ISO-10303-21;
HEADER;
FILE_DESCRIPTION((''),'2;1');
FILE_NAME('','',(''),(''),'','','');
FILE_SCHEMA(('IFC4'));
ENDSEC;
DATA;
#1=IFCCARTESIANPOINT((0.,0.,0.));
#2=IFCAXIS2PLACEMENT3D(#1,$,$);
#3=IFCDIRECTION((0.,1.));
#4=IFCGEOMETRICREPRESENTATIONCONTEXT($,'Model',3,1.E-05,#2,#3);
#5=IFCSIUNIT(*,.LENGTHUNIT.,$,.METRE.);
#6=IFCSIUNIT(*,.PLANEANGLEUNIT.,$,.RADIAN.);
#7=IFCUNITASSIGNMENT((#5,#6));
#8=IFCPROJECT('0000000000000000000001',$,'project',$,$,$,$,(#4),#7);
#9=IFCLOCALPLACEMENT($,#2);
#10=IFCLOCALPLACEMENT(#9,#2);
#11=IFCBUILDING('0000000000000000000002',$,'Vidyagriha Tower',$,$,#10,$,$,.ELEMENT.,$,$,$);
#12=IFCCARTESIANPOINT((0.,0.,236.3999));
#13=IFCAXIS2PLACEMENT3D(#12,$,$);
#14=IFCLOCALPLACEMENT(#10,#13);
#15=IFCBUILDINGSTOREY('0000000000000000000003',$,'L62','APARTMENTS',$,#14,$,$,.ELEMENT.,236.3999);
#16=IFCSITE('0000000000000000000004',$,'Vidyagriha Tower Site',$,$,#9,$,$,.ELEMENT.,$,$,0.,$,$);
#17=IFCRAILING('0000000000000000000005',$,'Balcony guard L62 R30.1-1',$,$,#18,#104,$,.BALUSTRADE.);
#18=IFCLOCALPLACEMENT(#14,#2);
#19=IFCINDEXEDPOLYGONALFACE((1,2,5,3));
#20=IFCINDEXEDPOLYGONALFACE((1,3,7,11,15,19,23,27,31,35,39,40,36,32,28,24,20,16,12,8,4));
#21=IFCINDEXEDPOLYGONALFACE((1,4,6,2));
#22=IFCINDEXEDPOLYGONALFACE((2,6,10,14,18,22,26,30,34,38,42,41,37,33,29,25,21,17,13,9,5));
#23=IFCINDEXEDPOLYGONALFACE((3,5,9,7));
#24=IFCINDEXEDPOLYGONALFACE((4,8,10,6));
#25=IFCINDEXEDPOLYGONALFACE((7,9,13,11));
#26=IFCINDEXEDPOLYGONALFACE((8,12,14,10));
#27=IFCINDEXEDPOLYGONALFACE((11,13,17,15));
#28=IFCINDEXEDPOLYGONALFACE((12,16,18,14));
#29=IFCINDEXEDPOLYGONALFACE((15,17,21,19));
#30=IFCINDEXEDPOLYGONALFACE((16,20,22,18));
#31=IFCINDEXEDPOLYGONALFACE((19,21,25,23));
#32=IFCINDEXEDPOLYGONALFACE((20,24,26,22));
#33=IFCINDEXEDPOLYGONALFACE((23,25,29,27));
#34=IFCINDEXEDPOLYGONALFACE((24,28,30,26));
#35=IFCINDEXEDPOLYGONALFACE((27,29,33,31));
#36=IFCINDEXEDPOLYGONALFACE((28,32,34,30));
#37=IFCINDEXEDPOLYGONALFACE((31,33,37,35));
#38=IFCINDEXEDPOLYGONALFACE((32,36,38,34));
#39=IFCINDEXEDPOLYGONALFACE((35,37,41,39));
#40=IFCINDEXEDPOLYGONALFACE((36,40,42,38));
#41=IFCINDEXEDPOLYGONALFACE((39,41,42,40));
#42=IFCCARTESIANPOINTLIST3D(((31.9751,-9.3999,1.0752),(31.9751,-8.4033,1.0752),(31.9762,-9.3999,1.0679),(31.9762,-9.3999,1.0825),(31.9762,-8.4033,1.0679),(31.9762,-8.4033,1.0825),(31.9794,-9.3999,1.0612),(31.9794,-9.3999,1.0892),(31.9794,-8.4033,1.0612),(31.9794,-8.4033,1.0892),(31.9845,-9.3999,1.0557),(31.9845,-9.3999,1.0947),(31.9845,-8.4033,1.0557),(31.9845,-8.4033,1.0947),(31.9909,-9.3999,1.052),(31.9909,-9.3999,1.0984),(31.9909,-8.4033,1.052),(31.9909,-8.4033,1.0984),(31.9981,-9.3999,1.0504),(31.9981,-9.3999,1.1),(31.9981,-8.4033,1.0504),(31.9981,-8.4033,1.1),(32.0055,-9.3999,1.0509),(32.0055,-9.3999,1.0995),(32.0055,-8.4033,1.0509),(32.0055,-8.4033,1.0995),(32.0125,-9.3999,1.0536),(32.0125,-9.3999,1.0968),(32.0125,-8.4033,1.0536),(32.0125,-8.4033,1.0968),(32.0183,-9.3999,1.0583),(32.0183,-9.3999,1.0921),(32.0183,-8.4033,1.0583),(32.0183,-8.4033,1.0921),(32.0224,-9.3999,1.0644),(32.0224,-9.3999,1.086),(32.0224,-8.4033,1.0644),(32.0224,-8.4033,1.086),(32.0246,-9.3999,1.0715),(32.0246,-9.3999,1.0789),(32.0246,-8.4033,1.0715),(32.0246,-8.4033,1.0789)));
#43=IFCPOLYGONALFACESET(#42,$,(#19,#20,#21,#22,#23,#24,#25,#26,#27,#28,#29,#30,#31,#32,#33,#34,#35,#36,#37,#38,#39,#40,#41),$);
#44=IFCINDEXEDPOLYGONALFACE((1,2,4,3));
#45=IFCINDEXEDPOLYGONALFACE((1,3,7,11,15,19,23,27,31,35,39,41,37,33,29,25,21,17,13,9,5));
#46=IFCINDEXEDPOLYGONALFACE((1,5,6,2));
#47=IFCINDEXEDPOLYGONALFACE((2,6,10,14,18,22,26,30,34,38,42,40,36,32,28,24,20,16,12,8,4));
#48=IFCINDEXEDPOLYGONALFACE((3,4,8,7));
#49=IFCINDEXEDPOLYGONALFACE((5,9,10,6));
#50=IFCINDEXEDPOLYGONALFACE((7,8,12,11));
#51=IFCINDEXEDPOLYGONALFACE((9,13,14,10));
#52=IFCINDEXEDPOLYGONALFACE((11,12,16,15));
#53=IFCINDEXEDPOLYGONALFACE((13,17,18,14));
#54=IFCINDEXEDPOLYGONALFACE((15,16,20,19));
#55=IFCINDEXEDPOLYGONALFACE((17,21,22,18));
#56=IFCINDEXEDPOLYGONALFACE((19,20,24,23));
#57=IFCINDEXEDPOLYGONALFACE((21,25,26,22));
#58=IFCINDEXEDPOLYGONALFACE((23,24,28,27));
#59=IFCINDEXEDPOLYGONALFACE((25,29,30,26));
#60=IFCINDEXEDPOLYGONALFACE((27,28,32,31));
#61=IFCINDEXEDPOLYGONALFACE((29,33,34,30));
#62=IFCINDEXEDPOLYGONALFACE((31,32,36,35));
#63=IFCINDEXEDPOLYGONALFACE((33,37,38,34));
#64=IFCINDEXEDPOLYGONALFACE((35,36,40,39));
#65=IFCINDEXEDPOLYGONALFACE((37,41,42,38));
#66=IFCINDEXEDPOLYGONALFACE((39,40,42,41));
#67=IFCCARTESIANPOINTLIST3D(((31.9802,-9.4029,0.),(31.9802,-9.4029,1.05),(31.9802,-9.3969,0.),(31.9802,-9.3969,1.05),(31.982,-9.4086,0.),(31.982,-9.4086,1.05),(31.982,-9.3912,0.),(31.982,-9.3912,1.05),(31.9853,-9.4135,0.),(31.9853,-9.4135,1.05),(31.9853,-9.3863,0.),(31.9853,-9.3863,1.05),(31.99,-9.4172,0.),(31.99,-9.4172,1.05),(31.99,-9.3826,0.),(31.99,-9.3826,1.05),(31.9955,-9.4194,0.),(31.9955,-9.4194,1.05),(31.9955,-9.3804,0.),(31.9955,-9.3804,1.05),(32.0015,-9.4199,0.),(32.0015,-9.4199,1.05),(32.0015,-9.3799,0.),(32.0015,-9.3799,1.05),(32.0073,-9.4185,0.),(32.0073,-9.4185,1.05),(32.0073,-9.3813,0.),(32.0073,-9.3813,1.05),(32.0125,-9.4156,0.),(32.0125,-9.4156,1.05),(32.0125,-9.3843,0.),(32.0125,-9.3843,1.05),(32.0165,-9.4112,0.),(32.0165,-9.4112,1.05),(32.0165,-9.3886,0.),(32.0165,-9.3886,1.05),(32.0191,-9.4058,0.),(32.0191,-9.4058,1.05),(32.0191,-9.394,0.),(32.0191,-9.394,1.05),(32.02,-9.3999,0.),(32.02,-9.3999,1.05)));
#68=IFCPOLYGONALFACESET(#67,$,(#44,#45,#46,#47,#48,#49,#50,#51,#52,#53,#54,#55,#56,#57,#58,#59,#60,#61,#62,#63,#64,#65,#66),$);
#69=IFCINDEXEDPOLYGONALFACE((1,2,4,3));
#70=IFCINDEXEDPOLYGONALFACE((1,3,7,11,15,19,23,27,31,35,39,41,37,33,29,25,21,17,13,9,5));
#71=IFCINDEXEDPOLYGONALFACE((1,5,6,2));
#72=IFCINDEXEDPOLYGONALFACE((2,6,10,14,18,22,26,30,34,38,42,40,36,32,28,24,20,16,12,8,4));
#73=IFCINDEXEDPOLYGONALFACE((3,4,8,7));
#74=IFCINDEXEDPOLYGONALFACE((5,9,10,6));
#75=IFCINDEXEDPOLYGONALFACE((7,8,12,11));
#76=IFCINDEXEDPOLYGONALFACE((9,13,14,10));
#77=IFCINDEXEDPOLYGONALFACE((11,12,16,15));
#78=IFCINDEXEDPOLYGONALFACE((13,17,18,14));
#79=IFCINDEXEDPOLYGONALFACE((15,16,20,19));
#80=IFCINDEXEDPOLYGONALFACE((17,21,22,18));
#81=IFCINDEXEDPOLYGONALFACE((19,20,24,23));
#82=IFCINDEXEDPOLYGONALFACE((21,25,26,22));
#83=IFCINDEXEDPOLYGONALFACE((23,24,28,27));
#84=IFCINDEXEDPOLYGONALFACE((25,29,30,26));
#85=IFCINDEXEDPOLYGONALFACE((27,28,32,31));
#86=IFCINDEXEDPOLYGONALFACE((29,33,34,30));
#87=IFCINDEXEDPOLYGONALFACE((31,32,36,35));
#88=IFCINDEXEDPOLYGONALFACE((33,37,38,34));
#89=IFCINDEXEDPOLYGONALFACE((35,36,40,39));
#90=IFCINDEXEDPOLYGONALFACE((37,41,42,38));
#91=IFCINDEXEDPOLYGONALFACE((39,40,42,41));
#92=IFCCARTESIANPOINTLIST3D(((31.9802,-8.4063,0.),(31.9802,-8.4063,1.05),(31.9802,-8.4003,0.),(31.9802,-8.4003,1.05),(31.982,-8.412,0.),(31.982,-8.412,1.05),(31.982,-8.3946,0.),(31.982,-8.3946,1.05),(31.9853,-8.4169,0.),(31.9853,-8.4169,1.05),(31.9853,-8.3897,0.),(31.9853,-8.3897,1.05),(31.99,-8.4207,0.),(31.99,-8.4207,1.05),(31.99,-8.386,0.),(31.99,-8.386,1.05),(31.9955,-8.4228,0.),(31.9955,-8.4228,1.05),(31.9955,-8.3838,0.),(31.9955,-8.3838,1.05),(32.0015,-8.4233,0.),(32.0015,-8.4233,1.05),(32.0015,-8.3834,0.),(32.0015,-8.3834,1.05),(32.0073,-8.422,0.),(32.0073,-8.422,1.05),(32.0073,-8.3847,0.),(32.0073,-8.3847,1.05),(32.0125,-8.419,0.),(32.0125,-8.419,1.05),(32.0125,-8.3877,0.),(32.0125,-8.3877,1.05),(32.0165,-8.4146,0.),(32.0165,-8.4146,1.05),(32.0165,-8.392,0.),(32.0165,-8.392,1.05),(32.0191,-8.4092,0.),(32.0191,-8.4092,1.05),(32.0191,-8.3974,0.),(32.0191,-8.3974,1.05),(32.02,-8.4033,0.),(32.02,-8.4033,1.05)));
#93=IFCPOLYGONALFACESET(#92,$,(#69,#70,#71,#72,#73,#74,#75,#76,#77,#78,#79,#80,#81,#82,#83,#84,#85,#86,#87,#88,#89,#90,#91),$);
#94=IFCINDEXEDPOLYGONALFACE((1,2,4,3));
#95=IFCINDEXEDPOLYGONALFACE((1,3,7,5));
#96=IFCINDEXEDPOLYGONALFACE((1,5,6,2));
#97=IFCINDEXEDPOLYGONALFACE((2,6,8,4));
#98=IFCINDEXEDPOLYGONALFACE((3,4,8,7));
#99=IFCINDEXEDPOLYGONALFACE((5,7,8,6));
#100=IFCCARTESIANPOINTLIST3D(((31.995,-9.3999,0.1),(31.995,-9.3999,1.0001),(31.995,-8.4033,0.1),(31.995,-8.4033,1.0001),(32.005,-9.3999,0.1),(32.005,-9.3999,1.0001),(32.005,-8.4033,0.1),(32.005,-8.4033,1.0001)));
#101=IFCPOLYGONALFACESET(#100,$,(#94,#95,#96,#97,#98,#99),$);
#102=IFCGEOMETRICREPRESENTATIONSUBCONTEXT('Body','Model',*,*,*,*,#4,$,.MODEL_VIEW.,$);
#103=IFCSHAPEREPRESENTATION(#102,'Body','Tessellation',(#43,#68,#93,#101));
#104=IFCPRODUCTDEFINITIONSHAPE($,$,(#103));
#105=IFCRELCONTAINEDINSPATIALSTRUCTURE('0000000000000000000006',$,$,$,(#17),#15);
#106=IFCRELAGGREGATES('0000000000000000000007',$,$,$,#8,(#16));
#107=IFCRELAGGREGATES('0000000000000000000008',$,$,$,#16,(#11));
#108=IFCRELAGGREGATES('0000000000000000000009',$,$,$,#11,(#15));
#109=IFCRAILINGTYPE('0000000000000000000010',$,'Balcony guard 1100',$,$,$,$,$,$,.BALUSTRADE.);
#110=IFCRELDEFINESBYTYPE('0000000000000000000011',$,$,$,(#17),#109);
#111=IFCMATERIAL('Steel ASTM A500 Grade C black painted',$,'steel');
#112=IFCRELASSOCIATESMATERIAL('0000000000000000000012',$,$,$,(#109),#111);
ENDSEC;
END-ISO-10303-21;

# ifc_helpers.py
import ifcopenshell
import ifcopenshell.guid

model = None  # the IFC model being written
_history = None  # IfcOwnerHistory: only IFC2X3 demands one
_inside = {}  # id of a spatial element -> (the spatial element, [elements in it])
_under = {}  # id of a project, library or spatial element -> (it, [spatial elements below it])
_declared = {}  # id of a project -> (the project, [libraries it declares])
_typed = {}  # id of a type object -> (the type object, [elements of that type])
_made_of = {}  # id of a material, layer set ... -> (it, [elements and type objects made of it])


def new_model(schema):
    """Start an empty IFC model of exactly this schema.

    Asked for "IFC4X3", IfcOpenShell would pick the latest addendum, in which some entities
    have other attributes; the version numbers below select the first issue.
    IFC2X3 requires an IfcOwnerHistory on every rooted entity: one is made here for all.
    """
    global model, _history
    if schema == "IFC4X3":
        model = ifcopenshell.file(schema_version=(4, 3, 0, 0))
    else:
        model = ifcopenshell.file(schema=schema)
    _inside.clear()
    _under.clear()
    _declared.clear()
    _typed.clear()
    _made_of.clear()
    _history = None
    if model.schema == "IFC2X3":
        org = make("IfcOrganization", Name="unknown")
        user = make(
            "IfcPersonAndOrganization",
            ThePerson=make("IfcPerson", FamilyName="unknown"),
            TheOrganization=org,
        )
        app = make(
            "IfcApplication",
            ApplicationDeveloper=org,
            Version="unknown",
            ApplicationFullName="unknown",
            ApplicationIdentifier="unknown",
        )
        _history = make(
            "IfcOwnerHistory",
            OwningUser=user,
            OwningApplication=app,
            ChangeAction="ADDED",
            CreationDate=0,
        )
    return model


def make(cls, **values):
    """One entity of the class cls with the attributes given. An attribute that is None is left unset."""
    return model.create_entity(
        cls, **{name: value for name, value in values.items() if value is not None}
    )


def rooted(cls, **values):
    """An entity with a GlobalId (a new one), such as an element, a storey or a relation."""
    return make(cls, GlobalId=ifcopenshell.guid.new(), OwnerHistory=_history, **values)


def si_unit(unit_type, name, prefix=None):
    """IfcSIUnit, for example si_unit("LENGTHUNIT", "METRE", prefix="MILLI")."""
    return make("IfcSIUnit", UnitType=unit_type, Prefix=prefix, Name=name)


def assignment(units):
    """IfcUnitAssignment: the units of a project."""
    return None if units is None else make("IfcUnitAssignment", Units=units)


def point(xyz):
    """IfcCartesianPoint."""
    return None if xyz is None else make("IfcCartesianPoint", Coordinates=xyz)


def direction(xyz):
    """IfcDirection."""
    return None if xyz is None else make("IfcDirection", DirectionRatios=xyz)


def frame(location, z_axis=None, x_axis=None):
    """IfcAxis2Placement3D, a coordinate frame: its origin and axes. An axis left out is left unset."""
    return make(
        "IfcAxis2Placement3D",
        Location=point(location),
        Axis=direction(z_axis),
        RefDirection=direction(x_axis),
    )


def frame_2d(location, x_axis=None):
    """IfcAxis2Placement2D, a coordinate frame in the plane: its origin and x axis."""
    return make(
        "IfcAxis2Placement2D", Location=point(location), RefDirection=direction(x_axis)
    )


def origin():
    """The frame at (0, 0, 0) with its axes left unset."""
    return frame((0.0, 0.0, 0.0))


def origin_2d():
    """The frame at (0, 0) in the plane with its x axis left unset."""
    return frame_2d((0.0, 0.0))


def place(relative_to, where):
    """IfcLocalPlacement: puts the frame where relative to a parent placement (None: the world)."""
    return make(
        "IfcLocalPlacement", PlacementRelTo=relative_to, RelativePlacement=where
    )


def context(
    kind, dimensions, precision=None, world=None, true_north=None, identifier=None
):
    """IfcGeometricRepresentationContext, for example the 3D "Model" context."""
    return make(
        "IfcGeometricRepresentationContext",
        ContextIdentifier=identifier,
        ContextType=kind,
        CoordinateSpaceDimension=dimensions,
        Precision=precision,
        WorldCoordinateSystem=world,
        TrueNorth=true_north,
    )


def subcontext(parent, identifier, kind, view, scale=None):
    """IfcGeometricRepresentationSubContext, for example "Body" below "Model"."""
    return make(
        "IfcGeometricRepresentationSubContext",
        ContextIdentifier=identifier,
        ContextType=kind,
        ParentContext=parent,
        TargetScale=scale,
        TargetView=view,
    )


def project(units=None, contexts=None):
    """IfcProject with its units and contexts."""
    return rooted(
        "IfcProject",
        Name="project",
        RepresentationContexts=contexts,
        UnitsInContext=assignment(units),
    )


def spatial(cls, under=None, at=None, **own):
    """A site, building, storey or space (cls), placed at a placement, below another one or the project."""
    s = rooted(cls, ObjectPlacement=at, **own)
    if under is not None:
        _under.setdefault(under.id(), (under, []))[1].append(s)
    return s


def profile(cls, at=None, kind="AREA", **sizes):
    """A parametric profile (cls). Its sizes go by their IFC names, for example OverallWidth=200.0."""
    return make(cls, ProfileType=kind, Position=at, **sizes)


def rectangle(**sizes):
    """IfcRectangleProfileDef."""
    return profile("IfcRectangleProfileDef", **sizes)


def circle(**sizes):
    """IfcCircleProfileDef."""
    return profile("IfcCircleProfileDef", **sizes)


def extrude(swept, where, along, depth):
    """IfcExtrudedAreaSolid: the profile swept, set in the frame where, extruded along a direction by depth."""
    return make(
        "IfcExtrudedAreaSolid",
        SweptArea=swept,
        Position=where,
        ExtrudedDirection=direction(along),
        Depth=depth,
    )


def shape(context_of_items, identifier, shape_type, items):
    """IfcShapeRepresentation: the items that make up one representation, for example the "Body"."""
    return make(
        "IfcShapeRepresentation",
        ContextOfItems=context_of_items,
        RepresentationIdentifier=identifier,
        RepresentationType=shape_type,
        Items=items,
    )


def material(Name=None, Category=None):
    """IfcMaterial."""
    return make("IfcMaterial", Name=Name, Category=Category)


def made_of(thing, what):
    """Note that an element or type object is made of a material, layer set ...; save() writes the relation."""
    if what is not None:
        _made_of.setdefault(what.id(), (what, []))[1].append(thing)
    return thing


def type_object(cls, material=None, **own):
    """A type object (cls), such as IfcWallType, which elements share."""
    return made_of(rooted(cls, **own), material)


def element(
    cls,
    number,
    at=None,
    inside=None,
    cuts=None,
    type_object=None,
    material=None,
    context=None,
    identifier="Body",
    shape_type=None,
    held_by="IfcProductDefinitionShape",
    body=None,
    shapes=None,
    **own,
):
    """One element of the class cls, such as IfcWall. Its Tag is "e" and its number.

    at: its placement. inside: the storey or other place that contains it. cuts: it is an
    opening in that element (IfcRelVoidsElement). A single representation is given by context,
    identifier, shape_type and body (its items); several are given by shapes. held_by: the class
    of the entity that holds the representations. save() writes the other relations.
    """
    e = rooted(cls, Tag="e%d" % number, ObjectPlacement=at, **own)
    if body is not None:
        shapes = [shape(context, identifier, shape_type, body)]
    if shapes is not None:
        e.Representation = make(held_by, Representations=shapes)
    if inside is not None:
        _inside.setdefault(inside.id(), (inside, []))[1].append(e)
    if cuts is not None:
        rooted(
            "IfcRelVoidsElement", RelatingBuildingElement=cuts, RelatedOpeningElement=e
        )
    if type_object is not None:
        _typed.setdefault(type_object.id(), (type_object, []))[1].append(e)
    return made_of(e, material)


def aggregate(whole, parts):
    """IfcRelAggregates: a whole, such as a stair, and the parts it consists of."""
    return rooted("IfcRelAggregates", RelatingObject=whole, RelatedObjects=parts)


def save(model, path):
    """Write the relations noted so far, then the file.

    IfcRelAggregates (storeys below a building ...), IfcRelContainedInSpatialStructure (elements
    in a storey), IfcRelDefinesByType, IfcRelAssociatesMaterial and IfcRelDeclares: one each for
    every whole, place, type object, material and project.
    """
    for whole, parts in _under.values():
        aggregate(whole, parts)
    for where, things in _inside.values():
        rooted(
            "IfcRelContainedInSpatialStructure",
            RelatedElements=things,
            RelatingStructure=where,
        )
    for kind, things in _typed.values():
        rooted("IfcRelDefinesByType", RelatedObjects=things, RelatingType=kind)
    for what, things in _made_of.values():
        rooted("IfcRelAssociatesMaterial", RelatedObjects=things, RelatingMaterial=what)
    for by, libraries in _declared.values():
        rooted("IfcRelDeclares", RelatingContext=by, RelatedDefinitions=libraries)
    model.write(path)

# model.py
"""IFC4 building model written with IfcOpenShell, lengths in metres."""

from ifc_helpers import new_model, si_unit, direction, frame, origin, origin_2d, place, context, subcontext, project, spatial, rectangle, circle, extrude, material, type_object, element, save


model = new_model("IFC4")

# Units and contexts
model_context = context("Model", 3, precision=1e-05, world=origin(), true_north=direction((0.0, 1.0)))
body_context = subcontext(model_context, "Body", "Model", "MODEL_VIEW")
ifc_project = project(units=[si_unit("LENGTHUNIT", "METRE"), si_unit("PLANEANGLEUNIT", "RADIAN")], contexts=[model_context])

# Site, building, storey
site_placement = place(None, origin())
site = spatial("IfcSite", under=ifc_project, at=site_placement, Name="Vidyagriha Tower Site", CompositionType="ELEMENT", RefElevation=0.0)
building_placement = place(site_placement, origin())
building = spatial("IfcBuilding", under=site, at=building_placement, Name="Vidyagriha Tower", CompositionType="ELEMENT")
storey_placement = place(building_placement, frame((0.0, 0.0, 236.3999)))
storey = spatial("IfcBuildingStorey", under=building, at=storey_placement, Name="L62", Description="APARTMENTS", CompositionType="ELEMENT", Elevation=236.3999)

# Railing
ifc_material_1 = material(Name="Steel ASTM A500 Grade C black painted", Category="steel")
railing_type_1 = type_object("IfcRailingType", Name="Balcony guard 1100", PredefinedType="BALUSTRADE", material=ifc_material_1)
railing_1_placement = place(storey_placement, frame((32.0, -9.3999, 0.0)))
element("IfcRailing", 1, at=railing_1_placement, inside=storey, type_object=railing_type_1, Name="Balcony guard L62 R30.1-1", PredefinedType="BALUSTRADE", context=body_context, shape_type="SweptSolid", body=[
    extrude(circle(Radius=0.0249, at=origin_2d()), frame((0.0, 0.0, 1.0752), z_axis=(0.0, 1.0, 0.0), x_axis=(-1.0, 0.0, 0.0)), (0.0, 0.0, 1.0), 0.9966),
    extrude(circle(Radius=0.02, at=origin_2d()), origin(), (0.0, 0.0, 1.0), 1.05),
    extrude(circle(Radius=0.02, at=origin_2d()), frame((0.0, 0.9966, 0.0)), (0.0, 0.0, 1.0), 1.05),
    extrude(rectangle(XDim=0.01, YDim=0.9001, at=origin_2d()), frame((0.0, 0.0, 0.55), z_axis=(0.0, 1.0, 0.0), x_axis=(-1.0, 0.0, 0.0)), (0.0, 0.0, 1.0), 0.9966),
])

save(model, "model.ifc")
